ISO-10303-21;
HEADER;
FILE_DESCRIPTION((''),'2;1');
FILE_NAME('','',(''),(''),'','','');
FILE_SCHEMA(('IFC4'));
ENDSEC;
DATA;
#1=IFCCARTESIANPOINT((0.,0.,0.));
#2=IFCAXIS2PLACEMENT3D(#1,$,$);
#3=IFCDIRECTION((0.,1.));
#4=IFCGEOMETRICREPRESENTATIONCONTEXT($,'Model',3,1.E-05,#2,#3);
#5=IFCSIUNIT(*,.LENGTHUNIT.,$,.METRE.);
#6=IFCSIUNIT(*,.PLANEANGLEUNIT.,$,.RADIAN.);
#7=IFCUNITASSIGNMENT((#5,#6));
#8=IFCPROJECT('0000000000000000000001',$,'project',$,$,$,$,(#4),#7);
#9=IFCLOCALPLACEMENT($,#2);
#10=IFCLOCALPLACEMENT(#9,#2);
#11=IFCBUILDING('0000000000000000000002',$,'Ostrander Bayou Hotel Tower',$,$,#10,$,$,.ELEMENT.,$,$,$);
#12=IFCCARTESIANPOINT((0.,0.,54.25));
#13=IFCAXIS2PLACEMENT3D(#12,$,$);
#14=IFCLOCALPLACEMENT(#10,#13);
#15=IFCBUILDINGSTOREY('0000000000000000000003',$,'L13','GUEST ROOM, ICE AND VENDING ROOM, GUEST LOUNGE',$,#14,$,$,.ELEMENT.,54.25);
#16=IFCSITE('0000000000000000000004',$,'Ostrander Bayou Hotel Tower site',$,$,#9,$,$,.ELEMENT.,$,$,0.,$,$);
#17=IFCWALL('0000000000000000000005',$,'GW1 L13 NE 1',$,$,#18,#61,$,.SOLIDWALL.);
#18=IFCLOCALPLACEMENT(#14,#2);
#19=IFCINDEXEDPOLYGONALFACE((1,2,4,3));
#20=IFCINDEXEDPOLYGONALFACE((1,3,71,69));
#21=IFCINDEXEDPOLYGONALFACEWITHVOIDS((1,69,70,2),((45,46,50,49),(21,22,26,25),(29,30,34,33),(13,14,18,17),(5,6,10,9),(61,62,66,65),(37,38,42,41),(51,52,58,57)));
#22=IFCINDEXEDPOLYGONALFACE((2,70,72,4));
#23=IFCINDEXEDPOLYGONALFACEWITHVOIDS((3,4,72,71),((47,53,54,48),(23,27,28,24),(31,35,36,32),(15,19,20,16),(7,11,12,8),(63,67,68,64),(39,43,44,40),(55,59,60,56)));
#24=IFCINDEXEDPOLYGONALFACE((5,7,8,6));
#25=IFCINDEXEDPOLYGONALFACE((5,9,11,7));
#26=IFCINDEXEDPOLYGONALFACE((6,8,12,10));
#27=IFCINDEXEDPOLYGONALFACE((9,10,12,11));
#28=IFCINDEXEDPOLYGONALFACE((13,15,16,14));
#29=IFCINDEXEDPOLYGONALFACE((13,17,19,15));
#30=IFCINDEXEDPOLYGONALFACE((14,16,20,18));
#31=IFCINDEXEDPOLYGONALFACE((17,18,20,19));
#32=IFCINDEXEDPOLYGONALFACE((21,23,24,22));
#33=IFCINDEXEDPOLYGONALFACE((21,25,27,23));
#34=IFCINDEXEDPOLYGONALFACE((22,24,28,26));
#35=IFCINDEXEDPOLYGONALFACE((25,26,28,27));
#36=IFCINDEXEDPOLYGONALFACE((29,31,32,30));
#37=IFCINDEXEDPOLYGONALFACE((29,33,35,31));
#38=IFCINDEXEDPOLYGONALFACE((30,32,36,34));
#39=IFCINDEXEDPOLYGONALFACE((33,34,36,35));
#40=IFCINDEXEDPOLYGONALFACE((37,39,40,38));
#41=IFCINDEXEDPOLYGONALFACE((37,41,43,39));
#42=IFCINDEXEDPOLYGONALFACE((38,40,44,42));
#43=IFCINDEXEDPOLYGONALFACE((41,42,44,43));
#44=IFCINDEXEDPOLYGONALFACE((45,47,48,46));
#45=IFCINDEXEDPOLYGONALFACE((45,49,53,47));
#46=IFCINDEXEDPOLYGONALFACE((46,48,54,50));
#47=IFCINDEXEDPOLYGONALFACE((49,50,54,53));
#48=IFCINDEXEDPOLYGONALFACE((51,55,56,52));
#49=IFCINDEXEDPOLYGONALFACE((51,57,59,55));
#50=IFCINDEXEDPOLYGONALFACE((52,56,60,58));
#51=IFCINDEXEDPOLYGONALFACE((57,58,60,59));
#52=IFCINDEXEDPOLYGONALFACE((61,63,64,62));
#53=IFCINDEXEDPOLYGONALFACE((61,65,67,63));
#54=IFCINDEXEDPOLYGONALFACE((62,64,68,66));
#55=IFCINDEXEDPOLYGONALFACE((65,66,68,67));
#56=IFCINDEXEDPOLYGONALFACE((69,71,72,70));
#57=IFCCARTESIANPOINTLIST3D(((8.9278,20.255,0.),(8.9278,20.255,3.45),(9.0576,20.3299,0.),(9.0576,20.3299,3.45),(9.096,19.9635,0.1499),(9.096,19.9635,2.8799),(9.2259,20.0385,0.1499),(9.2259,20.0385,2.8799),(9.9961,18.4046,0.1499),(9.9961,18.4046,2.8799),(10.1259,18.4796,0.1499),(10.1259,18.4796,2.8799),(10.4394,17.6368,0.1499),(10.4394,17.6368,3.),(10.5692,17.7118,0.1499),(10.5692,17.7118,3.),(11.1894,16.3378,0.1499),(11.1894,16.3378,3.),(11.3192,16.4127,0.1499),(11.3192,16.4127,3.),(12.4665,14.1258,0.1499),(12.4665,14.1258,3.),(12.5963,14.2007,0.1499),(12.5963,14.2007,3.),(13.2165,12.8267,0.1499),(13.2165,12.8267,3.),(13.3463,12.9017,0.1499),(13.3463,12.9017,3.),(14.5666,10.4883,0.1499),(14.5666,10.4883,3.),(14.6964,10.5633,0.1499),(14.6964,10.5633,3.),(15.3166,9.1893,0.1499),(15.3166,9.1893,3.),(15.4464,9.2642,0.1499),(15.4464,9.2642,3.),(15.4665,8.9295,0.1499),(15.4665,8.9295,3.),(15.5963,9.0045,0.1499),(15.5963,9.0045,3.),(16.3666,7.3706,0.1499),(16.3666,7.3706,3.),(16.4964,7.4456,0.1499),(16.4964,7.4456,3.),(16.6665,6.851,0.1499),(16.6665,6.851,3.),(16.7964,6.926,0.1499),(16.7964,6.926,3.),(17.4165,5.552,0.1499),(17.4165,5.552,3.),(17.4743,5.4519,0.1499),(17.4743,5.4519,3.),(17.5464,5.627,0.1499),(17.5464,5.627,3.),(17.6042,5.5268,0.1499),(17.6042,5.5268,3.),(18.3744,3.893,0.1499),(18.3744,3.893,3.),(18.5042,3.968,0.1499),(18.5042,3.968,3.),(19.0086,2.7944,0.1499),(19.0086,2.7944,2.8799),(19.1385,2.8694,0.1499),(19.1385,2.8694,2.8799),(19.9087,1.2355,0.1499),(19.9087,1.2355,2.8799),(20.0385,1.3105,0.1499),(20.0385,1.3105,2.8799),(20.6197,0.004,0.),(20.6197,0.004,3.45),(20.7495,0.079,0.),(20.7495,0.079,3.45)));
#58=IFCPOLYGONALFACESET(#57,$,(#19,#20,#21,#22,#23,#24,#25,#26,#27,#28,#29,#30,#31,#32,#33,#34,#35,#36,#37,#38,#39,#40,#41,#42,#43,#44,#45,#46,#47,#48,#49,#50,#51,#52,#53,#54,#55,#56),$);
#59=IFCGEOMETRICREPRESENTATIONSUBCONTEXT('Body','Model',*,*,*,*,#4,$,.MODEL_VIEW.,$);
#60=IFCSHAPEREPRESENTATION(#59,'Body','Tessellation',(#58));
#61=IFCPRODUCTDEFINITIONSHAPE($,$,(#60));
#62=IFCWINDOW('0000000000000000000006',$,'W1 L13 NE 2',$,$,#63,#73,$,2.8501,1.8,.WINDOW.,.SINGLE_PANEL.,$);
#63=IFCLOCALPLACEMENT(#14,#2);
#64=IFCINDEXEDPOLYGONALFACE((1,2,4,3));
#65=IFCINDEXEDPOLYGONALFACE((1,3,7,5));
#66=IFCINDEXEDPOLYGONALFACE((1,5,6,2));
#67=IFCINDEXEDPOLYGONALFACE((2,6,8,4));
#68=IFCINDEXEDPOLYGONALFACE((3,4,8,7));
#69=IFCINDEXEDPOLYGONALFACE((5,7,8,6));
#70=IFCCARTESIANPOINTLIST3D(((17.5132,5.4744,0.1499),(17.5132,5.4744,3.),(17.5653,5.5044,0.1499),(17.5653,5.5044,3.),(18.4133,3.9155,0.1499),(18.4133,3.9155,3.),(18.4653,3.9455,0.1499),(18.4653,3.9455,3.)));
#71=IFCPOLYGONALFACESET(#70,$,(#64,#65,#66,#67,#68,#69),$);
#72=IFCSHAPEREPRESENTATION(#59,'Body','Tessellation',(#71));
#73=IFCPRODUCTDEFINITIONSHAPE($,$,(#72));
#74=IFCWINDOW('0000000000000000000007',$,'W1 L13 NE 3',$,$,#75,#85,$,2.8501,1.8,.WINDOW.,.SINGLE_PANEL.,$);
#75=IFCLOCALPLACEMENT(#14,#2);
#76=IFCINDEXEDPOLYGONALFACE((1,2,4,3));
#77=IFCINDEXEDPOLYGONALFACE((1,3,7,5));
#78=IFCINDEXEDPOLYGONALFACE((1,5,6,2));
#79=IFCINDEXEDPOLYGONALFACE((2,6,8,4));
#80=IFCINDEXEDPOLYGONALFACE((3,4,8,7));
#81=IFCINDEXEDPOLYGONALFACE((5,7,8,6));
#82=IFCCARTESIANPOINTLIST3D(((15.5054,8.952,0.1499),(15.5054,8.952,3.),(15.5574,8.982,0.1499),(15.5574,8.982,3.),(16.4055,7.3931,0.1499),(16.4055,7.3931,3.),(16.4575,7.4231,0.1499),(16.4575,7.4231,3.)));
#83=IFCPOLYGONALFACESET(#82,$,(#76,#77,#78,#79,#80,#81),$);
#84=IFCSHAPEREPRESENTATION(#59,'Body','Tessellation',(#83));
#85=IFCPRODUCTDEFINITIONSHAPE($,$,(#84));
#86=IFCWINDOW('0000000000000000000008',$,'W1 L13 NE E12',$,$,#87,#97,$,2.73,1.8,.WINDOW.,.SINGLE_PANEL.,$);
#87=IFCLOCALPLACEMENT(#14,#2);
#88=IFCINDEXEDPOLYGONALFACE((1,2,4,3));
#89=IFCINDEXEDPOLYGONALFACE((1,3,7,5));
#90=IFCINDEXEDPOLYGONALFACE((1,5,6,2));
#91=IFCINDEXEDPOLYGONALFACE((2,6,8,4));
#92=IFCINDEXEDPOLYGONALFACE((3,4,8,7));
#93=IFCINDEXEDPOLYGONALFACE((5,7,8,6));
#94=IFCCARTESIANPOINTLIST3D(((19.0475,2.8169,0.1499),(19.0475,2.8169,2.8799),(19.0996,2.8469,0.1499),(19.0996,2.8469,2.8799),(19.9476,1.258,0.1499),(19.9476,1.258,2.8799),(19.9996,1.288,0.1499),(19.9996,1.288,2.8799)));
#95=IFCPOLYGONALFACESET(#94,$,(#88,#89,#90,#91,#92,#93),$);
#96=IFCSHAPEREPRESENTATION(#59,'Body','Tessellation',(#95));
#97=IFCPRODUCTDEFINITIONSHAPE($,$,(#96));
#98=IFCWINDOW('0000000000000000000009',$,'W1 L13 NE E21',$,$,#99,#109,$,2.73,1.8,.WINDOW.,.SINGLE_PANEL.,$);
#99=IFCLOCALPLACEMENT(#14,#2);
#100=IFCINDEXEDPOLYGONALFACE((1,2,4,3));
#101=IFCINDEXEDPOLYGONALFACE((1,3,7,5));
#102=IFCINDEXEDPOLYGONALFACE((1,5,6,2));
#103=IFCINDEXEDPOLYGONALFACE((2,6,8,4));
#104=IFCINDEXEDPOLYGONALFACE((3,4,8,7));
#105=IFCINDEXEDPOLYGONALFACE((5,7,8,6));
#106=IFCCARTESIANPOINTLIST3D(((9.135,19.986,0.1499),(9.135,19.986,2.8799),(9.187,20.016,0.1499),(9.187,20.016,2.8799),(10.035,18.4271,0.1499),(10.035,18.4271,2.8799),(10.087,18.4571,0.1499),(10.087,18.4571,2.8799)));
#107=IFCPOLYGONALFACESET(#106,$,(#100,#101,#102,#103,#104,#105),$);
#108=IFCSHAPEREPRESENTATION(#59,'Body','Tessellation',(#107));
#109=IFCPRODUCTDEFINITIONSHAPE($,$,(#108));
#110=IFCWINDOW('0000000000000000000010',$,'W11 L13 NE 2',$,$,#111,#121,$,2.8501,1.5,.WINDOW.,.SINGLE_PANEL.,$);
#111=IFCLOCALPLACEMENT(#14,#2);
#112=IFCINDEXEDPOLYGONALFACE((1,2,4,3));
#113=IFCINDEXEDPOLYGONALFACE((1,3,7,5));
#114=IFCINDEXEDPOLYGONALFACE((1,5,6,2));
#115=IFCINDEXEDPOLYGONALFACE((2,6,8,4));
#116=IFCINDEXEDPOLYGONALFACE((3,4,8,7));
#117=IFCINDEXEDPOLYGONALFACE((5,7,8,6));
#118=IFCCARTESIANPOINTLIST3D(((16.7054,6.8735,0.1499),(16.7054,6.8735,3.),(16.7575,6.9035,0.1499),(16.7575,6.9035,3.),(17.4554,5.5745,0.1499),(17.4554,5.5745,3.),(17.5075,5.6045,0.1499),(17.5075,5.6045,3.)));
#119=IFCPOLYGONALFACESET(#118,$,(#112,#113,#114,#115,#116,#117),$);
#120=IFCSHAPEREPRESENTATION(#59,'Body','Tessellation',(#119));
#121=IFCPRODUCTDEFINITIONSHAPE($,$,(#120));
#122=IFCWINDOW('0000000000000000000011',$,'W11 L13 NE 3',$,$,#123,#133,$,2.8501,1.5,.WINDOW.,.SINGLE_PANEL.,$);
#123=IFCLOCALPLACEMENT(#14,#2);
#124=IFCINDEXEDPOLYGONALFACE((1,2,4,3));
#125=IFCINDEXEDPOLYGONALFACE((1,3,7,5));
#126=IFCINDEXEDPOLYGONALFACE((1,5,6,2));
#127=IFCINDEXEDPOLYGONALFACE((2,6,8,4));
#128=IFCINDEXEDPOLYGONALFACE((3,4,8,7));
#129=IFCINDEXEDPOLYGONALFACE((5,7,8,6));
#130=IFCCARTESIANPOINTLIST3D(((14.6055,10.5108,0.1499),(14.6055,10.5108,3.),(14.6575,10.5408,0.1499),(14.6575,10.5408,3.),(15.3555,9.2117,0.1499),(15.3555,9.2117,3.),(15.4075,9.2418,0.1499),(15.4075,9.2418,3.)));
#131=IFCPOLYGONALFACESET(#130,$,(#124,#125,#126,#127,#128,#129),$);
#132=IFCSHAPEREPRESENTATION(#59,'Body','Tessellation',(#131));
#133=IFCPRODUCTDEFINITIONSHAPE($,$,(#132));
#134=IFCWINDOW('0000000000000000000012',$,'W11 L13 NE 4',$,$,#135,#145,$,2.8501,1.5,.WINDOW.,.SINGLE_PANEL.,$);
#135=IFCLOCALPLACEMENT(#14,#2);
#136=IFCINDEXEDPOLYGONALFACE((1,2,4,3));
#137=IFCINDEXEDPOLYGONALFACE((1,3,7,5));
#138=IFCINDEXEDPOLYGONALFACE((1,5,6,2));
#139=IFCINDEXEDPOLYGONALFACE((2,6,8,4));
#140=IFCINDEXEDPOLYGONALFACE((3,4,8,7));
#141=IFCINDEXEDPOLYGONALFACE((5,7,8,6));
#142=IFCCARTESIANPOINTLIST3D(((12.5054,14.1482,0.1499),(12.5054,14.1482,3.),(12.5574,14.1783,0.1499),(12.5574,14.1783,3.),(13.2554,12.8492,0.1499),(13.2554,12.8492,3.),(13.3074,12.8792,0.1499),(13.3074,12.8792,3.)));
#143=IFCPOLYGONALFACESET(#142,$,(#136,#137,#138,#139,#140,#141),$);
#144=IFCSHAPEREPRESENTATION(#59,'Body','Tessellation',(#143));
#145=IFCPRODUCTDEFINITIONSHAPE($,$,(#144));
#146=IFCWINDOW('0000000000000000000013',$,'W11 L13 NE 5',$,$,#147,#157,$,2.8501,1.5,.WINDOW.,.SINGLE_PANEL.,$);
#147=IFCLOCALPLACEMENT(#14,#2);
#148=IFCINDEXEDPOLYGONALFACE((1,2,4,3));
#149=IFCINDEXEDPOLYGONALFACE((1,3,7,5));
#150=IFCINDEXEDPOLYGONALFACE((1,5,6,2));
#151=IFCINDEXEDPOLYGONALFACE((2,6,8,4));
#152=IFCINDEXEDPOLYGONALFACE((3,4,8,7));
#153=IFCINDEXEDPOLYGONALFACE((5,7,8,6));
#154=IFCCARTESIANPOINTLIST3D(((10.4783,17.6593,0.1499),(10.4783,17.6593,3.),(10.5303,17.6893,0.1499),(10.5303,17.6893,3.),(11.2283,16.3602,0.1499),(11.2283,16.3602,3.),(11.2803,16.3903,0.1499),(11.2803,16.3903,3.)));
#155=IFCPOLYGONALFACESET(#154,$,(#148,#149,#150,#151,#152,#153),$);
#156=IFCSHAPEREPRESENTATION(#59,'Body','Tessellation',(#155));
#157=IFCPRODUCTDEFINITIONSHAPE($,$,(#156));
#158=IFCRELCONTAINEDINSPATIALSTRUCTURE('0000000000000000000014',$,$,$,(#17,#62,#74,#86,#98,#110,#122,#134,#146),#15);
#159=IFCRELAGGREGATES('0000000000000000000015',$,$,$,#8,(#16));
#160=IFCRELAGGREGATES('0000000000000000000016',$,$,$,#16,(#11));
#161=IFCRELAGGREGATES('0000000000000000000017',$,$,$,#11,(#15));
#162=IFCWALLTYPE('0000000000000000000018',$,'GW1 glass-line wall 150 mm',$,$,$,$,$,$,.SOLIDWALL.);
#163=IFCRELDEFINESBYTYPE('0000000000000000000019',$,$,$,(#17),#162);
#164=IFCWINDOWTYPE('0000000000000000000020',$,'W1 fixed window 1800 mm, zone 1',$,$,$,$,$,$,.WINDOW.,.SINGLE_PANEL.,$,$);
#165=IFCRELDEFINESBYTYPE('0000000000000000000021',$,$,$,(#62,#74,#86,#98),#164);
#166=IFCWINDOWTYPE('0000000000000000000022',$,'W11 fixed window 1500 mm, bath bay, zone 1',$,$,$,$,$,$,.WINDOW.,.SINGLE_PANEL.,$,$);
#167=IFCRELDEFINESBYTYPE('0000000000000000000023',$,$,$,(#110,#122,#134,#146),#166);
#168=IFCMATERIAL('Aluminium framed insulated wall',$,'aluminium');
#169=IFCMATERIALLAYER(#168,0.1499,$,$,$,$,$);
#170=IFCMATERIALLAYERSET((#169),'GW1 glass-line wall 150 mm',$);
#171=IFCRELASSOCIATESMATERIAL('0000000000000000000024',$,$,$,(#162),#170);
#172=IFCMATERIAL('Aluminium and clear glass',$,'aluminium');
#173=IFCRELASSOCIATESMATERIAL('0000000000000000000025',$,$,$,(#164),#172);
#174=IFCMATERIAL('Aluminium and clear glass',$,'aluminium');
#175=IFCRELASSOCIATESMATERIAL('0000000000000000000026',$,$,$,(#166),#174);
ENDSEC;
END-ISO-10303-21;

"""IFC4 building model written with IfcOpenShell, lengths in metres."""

from ifc_helpers import new_model, si_unit, direction, frame, frame_2d, origin, place, context, subcontext, project, spatial, rectangle, extrude, material, layer, layer_set, type_object, element, fill, save


model = new_model("IFC4")

# Units and contexts
model_context = context("Model", 3, precision=1e-05, world=origin(), true_north=direction((0.0, 1.0)))
body_context = subcontext(model_context, "Body", "Model", "MODEL_VIEW")
ifc_project = project(units=[si_unit("LENGTHUNIT", "METRE"), si_unit("PLANEANGLEUNIT", "RADIAN")], contexts=[model_context])

# Site, building, storey
site_placement = place(None, origin())
site = spatial("IfcSite", under=ifc_project, at=site_placement, Name="Ostrander Bayou Hotel Tower site", CompositionType="ELEMENT", RefElevation=0.0)
building_placement = place(site_placement, origin())
building = spatial("IfcBuilding", under=site, at=building_placement, Name="Ostrander Bayou Hotel Tower", CompositionType="ELEMENT")
storey_placement = place(building_placement, frame((0.0, 0.0, 54.25)))
storey = spatial("IfcBuildingStorey", under=building, at=storey_placement, Name="L13", Description="GUEST ROOM, ICE AND VENDING ROOM, GUEST LOUNGE", CompositionType="ELEMENT", Elevation=54.25)

# Wall, openings, windows
ifc_material_1 = material(Name="Aluminium framed insulated wall", Category="aluminium")
ifc_layer_1 = layer(ifc_material_1, 0.1499)
ifc_layer_set_1 = layer_set([ifc_layer_1], Name="GW1 glass-line wall 150 mm")
wall_type_1 = type_object("IfcWallType", Name="GW1 glass-line wall 150 mm", PredefinedType="SOLIDWALL", material=ifc_layer_set_1)
wall_1_placement = place(storey_placement, frame((20.6846, 0.0415, 0.0), z_axis=(0.0, 0.0, 1.0), x_axis=(-0.5, 0.866026, 0.0)))
wall_1 = element("IfcWall", 1, at=wall_1_placement, inside=storey, type_object=wall_type_1, Name="GW1 L13 NE 1", PredefinedType="SOLIDWALL", context=body_context, shape_type="SweptSolid", body=[
    extrude(rectangle(XDim=23.3838, YDim=0.1499, at=frame_2d((11.6919, 0.0))), origin(), (0.0, 0.0, 1.0), 3.45),
])
opening_1_placement = place(wall_1_placement, frame((4.4907, 0.0, 0.1499)))
opening_1 = element("IfcOpeningElement", 2, at=opening_1_placement, cuts=wall_1, PredefinedType="OPENING", context=body_context, shape_type="SweptSolid", body=[
    extrude(rectangle(XDim=1.8, YDim=2.8501, at=frame_2d((0.8999, 1.425))), frame((0.0, 0.075, 0.0), z_axis=(0.0, -1.0, 0.0), x_axis=(1.0, 0.0, 0.0)), (0.0, 0.0, 1.0), 0.1499),
])
opening_2_placement = place(wall_1_placement, frame((6.4062, 0.0, 0.1499)))
opening_2 = element("IfcOpeningElement", 3, at=opening_2_placement, cuts=wall_1, PredefinedType="OPENING", context=body_context, shape_type="SweptSolid", body=[
    extrude(rectangle(XDim=1.5, YDim=2.8501, at=frame_2d((0.75, 1.425))), frame((0.0, 0.075, 0.0), z_axis=(0.0, -1.0, 0.0), x_axis=(1.0, 0.0, 0.0)), (0.0, 0.0, 1.0), 0.1499),
])
opening_3_placement = place(wall_1_placement, frame((8.5063, 0.0, 0.1499)))
opening_3 = element("IfcOpeningElement", 4, at=opening_3_placement, cuts=wall_1, PredefinedType="OPENING", context=body_context, shape_type="SweptSolid", body=[
    extrude(rectangle(XDim=1.8, YDim=2.8501, at=frame_2d((0.8999, 1.425))), frame((0.0, 0.075, 0.0), z_axis=(0.0, -1.0, 0.0), x_axis=(1.0, 0.0, 0.0)), (0.0, 0.0, 1.0), 0.1499),
])
opening_4_placement = place(wall_1_placement, frame((10.6062, 0.0, 0.1499)))
opening_4 = element("IfcOpeningElement", 5, at=opening_4_placement, cuts=wall_1, PredefinedType="OPENING", context=body_context, shape_type="SweptSolid", body=[
    extrude(rectangle(XDim=1.5, YDim=2.8501, at=frame_2d((0.75, 1.425))), frame((0.0, 0.075, 0.0), z_axis=(0.0, -1.0, 0.0), x_axis=(1.0, 0.0, 0.0)), (0.0, 0.0, 1.0), 0.1499),
])
opening_5_placement = place(wall_1_placement, frame((14.8064, 0.0, 0.1499)))
opening_5 = element("IfcOpeningElement", 6, at=opening_5_placement, cuts=wall_1, PredefinedType="OPENING", context=body_context, shape_type="SweptSolid", body=[
    extrude(rectangle(XDim=1.5, YDim=2.8501, at=frame_2d((0.75, 1.425))), frame((0.0, 0.075, 0.0), z_axis=(0.0, -1.0, 0.0), x_axis=(1.0, 0.0, 0.0)), (0.0, 0.0, 1.0), 0.1499),
])
opening_6_placement = place(wall_1_placement, frame((18.8606, 0.0, 0.1499)))
opening_6 = element("IfcOpeningElement", 7, at=opening_6_placement, cuts=wall_1, PredefinedType="OPENING", context=body_context, shape_type="SweptSolid", body=[
    extrude(rectangle(XDim=1.5, YDim=2.8501, at=frame_2d((0.75, 1.425))), frame((0.0, 0.075, 0.0), z_axis=(0.0, -1.0, 0.0), x_axis=(1.0, 0.0, 0.0)), (0.0, 0.0, 1.0), 0.1499),
])
opening_7_placement = place(wall_1_placement, frame((1.4221, 0.0, 0.1499)))
opening_7 = element("IfcOpeningElement", 8, at=opening_7_placement, cuts=wall_1, PredefinedType="OPENING", context=body_context, shape_type="SweptSolid", body=[
    extrude(rectangle(XDim=1.8, YDim=2.73, at=frame_2d((0.8999, 1.365))), frame((0.0, 0.075, 0.0), z_axis=(0.0, -1.0, 0.0), x_axis=(1.0, 0.0, 0.0)), (0.0, 0.0, 1.0), 0.1499),
])
opening_8_placement = place(wall_1_placement, frame((21.2473, 0.0, 0.1499)))
opening_8 = element("IfcOpeningElement", 9, at=opening_8_placement, cuts=wall_1, PredefinedType="OPENING", context=body_context, shape_type="SweptSolid", body=[
    extrude(rectangle(XDim=1.8, YDim=2.73, at=frame_2d((0.8999, 1.365))), frame((0.0, 0.075, 0.0), z_axis=(0.0, -1.0, 0.0), x_axis=(1.0, 0.0, 0.0)), (0.0, 0.0, 1.0), 0.1499),
])
ifc_material_2 = material(Name="Aluminium and clear glass", Category="aluminium")
window_type_1 = type_object("IfcWindowType", Name="W1 fixed window 1800 mm, zone 1", PartitioningType="SINGLE_PANEL", PredefinedType="WINDOW", material=ifc_material_2)
window_1_placement = place(opening_1_placement, origin())
window_1 = element("IfcWindow", 10, at=window_1_placement, inside=storey, type_object=window_type_1, Name="W1 L13 NE 2", OverallHeight=2.8501, OverallWidth=1.8, PartitioningType="SINGLE_PANEL", PredefinedType="WINDOW", context=body_context, shape_type="SweptSolid", body=[
    extrude(rectangle(XDim=1.8, YDim=2.8501, at=frame_2d((0.8999, 1.425))), frame((0.0, 0.03, 0.0), z_axis=(0.0, -1.0, 0.0), x_axis=(1.0, 0.0, 0.0)), (0.0, 0.0, 1.0), 0.0601),
])
fill(opening_1, window_1)
window_2_placement = place(opening_3_placement, origin())
window_2 = element("IfcWindow", 11, at=window_2_placement, inside=storey, type_object=window_type_1, Name="W1 L13 NE 3", OverallHeight=2.8501, OverallWidth=1.8, PartitioningType="SINGLE_PANEL", PredefinedType="WINDOW", context=body_context, shape_type="SweptSolid", body=[
    extrude(rectangle(XDim=1.8, YDim=2.8501, at=frame_2d((0.8999, 1.425))), frame((0.0, 0.03, 0.0), z_axis=(0.0, -1.0, 0.0), x_axis=(1.0, 0.0, 0.0)), (0.0, 0.0, 1.0), 0.0601),
])
fill(opening_3, window_2)
window_3_placement = place(opening_7_placement, origin())
window_3 = element("IfcWindow", 12, at=window_3_placement, inside=storey, type_object=window_type_1, Name="W1 L13 NE E12", OverallHeight=2.73, OverallWidth=1.8, PartitioningType="SINGLE_PANEL", PredefinedType="WINDOW", context=body_context, shape_type="SweptSolid", body=[
    extrude(rectangle(XDim=1.8, YDim=2.73, at=frame_2d((0.8999, 1.365))), frame((0.0, 0.03, 0.0), z_axis=(0.0, -1.0, 0.0), x_axis=(1.0, 0.0, 0.0)), (0.0, 0.0, 1.0), 0.0601),
])
fill(opening_7, window_3)
window_4_placement = place(opening_8_placement, origin())
window_4 = element("IfcWindow", 13, at=window_4_placement, inside=storey, type_object=window_type_1, Name="W1 L13 NE E21", OverallHeight=2.73, OverallWidth=1.8, PartitioningType="SINGLE_PANEL", PredefinedType="WINDOW", context=body_context, shape_type="SweptSolid", body=[
    extrude(rectangle(XDim=1.8, YDim=2.73, at=frame_2d((0.8999, 1.365))), frame((0.0, 0.03, 0.0), z_axis=(0.0, -1.0, 0.0), x_axis=(1.0, 0.0, 0.0)), (0.0, 0.0, 1.0), 0.0601),
])
fill(opening_8, window_4)
ifc_material_3 = material(Name="Aluminium and clear glass", Category="aluminium")
window_type_2 = type_object("IfcWindowType", Name="W11 fixed window 1500 mm, bath bay, zone 1", PartitioningType="SINGLE_PANEL", PredefinedType="WINDOW", material=ifc_material_3)
window_5_placement = place(opening_2_placement, origin())
window_5 = element("IfcWindow", 14, at=window_5_placement, inside=storey, type_object=window_type_2, Name="W11 L13 NE 2", OverallHeight=2.8501, OverallWidth=1.5, PartitioningType="SINGLE_PANEL", PredefinedType="WINDOW", context=body_context, shape_type="SweptSolid", body=[
    extrude(rectangle(XDim=1.5, YDim=2.8501, at=frame_2d((0.75, 1.425))), frame((0.0, 0.03, 0.0), z_axis=(0.0, -1.0, 0.0), x_axis=(1.0, 0.0, 0.0)), (0.0, 0.0, 1.0), 0.0601),
])
fill(opening_2, window_5)
window_6_placement = place(opening_4_placement, origin())
window_6 = element("IfcWindow", 15, at=window_6_placement, inside=storey, type_object=window_type_2, Name="W11 L13 NE 3", OverallHeight=2.8501, OverallWidth=1.5, PartitioningType="SINGLE_PANEL", PredefinedType="WINDOW", context=body_context, shape_type="SweptSolid", body=[
    extrude(rectangle(XDim=1.5, YDim=2.8501, at=frame_2d((0.75, 1.425))), frame((0.0, 0.03, 0.0), z_axis=(0.0, -1.0, 0.0), x_axis=(1.0, 0.0, 0.0)), (0.0, 0.0, 1.0), 0.0601),
])
fill(opening_4, window_6)
window_7_placement = place(opening_5_placement, origin())
window_7 = element("IfcWindow", 16, at=window_7_placement, inside=storey, type_object=window_type_2, Name="W11 L13 NE 4", OverallHeight=2.8501, OverallWidth=1.5, PartitioningType="SINGLE_PANEL", PredefinedType="WINDOW", context=body_context, shape_type="SweptSolid", body=[
    extrude(rectangle(XDim=1.5, YDim=2.8501, at=frame_2d((0.75, 1.425))), frame((0.0, 0.03, 0.0), z_axis=(0.0, -1.0, 0.0), x_axis=(1.0, 0.0, 0.0)), (0.0, 0.0, 1.0), 0.0601),
])
fill(opening_5, window_7)
window_8_placement = place(opening_6_placement, origin())
window_8 = element("IfcWindow", 17, at=window_8_placement, inside=storey, type_object=window_type_2, Name="W11 L13 NE 5", OverallHeight=2.8501, OverallWidth=1.5, PartitioningType="SINGLE_PANEL", PredefinedType="WINDOW", context=body_context, shape_type="SweptSolid", body=[
    extrude(rectangle(XDim=1.5, YDim=2.8501, at=frame_2d((0.75, 1.425))), frame((0.0, 0.03, 0.0), z_axis=(0.0, -1.0, 0.0), x_axis=(1.0, 0.0, 0.0)), (0.0, 0.0, 1.0), 0.0601),
])
fill(opening_6, window_8)

save(model, "model.ifc")
